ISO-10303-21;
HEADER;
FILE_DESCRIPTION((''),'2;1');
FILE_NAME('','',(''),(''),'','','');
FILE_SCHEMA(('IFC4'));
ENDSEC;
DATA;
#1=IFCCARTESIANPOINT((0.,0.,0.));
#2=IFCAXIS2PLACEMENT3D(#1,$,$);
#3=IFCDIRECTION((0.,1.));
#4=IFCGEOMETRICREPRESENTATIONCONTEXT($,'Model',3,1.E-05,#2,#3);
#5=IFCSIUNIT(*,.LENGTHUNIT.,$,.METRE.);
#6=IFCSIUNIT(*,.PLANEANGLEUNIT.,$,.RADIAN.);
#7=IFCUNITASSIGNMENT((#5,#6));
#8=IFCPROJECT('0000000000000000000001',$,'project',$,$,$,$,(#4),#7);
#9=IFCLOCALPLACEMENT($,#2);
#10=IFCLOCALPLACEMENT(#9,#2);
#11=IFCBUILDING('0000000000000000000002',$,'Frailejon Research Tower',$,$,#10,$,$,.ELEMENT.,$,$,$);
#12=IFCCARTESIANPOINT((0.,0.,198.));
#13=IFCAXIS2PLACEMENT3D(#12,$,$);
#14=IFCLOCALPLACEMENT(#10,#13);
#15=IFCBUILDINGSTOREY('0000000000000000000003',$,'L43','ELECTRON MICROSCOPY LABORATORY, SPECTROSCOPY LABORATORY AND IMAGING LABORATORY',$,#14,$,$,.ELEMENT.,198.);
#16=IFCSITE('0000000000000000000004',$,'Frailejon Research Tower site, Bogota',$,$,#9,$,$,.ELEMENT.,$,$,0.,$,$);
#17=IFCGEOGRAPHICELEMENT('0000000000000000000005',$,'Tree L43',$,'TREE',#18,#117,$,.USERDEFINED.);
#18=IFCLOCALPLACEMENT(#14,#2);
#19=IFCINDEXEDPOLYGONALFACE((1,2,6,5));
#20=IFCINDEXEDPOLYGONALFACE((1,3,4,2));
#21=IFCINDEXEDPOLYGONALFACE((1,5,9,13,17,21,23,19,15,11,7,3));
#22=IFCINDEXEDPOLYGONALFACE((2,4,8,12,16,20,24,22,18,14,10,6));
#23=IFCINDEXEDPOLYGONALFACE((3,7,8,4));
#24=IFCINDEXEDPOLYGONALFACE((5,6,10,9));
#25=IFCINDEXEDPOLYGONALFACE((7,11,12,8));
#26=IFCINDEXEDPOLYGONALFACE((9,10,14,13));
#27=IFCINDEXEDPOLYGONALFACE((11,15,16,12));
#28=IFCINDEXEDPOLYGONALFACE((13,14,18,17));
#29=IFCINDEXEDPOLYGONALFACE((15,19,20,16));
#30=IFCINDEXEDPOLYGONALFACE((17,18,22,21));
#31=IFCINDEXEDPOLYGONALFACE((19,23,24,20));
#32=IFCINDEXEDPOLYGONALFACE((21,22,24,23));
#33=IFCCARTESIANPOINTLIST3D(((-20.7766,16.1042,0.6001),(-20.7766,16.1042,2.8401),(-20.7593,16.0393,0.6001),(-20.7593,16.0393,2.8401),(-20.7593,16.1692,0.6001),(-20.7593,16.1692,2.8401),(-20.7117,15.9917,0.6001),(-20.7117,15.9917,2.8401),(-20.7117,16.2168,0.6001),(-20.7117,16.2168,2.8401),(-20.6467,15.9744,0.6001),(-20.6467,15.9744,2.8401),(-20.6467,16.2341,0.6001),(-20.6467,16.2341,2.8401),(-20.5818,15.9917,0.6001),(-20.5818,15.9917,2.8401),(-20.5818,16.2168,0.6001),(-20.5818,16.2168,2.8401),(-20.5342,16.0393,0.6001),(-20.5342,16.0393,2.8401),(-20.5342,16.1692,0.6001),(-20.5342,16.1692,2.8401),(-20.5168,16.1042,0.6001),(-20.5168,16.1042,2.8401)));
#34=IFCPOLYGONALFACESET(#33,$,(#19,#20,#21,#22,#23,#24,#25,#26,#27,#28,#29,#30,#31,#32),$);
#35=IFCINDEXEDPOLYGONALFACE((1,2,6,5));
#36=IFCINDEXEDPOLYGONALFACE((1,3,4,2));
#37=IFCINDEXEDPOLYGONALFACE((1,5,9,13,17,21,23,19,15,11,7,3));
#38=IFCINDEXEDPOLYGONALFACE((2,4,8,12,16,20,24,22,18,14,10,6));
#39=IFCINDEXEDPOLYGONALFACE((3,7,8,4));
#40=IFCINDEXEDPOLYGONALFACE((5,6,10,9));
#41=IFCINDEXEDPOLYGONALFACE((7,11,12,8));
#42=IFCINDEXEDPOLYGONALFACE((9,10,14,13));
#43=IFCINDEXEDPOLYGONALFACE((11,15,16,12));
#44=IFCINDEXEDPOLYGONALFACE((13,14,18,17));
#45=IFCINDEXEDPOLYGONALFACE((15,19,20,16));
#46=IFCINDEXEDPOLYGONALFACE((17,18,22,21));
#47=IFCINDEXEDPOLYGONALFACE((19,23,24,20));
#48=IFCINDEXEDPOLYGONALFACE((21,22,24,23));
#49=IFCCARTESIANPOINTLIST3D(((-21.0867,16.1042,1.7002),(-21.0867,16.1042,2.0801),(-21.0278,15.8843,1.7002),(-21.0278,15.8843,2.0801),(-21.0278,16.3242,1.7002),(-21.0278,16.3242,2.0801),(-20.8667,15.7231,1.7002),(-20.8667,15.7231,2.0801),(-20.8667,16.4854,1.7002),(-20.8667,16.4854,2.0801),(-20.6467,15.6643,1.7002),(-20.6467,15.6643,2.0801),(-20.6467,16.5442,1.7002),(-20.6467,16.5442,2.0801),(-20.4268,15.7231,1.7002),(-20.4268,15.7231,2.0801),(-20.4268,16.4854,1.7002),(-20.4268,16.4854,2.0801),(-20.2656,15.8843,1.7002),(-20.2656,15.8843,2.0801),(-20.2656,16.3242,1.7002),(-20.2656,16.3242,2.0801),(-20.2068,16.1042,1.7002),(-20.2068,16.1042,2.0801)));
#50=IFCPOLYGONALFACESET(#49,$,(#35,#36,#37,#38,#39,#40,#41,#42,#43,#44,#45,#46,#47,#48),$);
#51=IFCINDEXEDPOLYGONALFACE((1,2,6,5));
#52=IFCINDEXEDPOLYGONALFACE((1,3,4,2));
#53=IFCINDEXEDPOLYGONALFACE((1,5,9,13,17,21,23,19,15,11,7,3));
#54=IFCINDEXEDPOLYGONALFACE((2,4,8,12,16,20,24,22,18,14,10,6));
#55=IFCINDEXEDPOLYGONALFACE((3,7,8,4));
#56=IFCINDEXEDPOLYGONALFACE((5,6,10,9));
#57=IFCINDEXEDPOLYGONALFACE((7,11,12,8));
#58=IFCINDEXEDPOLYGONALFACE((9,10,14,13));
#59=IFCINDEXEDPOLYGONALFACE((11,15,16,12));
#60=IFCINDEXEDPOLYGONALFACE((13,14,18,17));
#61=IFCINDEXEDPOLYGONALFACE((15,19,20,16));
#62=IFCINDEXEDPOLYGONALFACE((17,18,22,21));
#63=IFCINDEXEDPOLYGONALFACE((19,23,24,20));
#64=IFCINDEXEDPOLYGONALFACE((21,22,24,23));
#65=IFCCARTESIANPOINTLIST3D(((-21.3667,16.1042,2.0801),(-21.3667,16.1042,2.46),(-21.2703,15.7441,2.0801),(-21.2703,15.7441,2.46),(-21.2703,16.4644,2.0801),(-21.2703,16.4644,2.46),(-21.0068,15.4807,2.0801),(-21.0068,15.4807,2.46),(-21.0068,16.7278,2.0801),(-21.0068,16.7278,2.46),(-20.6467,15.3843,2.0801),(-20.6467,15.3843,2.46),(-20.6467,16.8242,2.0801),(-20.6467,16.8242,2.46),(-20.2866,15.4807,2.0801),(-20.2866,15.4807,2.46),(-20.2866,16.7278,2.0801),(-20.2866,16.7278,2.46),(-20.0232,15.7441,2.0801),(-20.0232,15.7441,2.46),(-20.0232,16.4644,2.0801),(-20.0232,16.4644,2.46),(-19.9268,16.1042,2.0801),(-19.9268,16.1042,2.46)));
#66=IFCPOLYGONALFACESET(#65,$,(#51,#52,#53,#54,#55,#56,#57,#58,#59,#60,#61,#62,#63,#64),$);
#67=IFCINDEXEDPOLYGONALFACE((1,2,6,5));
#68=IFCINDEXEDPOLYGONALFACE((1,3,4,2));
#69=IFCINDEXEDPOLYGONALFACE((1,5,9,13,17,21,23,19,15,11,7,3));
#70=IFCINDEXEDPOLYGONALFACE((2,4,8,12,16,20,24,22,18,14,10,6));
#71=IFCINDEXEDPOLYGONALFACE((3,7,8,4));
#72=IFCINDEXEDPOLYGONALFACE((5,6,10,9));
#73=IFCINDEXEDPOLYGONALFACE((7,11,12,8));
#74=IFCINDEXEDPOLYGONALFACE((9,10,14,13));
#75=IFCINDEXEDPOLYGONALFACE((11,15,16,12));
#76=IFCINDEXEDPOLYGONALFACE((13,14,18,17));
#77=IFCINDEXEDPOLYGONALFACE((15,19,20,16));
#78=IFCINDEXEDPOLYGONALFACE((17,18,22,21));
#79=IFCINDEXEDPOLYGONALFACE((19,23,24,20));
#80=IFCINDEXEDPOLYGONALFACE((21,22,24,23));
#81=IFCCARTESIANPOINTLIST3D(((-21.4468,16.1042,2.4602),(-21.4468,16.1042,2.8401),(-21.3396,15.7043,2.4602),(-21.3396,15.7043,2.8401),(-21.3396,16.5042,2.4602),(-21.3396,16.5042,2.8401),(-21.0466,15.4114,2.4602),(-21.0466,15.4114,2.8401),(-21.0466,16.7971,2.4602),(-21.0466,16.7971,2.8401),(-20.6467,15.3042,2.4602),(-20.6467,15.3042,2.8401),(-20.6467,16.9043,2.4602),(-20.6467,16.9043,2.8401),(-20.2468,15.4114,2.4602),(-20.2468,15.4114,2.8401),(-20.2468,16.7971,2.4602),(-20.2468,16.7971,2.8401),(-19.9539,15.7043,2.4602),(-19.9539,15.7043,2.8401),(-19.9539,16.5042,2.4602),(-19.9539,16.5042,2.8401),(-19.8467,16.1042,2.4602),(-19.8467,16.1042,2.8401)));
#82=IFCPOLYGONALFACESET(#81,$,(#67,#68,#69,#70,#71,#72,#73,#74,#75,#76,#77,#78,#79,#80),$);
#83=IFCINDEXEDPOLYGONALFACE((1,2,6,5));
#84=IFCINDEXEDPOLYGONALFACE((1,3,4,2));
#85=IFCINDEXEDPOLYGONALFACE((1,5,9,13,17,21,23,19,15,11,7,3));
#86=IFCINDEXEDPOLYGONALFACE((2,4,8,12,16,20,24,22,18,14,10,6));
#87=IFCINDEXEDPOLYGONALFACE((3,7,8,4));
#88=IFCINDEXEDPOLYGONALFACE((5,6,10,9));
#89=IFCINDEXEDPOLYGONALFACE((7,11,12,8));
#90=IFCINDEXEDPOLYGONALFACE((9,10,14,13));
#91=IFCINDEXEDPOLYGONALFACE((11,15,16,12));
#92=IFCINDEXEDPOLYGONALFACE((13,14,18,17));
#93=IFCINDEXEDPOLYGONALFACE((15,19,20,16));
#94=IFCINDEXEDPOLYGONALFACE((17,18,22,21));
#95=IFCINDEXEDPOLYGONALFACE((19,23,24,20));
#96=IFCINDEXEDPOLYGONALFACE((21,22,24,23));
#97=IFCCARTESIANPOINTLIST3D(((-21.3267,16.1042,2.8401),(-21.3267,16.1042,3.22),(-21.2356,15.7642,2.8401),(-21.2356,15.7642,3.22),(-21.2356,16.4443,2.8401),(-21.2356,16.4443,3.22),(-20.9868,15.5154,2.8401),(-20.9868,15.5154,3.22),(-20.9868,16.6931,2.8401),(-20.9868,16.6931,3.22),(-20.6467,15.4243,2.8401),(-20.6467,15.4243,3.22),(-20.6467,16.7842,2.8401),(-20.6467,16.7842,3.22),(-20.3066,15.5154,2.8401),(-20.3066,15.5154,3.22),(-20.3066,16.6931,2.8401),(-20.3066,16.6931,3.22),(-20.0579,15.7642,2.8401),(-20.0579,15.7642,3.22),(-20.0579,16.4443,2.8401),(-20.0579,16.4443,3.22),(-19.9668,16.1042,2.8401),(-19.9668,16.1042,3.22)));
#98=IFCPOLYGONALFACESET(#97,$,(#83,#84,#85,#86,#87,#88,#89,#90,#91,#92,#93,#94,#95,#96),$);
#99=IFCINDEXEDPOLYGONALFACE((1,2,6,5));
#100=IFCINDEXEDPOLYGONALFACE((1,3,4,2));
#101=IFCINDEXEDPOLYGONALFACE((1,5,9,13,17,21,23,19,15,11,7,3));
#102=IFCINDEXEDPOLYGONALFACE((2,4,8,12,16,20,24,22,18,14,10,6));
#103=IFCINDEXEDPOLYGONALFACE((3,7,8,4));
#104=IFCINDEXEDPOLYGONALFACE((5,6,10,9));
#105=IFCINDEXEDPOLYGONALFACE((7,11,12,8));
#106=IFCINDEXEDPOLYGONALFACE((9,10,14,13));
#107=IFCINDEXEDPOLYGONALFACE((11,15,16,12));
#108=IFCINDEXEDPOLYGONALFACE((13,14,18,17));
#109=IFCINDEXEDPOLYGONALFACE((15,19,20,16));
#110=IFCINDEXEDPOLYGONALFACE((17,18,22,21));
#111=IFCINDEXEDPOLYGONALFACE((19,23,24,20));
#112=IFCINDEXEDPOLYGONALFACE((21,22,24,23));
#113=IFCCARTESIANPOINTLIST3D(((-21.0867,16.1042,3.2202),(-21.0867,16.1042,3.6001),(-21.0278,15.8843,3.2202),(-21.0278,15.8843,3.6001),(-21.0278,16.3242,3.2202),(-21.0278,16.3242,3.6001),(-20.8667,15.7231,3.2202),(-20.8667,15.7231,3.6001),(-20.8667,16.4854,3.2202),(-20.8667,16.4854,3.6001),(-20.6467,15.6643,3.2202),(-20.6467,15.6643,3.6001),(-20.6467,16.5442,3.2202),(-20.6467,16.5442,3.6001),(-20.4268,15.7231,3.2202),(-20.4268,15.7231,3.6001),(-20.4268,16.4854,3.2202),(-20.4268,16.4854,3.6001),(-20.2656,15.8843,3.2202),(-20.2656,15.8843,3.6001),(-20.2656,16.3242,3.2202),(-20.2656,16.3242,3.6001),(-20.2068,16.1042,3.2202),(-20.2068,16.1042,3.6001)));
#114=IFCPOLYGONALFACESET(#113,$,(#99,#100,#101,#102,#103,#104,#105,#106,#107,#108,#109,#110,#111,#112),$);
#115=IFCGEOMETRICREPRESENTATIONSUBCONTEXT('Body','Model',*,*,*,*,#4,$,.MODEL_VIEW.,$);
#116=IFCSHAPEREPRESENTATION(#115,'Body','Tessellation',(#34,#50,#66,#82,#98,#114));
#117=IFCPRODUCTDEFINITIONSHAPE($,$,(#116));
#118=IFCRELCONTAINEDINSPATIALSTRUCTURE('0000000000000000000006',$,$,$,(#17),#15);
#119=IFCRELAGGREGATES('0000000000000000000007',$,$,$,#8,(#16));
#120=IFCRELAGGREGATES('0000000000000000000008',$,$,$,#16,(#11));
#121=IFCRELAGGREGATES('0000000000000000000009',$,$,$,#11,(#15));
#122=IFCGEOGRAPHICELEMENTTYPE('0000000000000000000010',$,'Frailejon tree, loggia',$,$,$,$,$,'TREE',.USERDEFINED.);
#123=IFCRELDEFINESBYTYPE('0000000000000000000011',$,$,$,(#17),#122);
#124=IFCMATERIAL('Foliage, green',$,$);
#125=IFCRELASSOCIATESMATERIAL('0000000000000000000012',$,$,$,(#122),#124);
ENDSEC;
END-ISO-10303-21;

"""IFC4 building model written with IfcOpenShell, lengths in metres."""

from ifc_helpers import new_model, si_unit, direction, frame, origin, place, context, subcontext, project, spatial, polyline, outline, extrude, material, type_object, element, save


model = new_model("IFC4")

# Units and contexts
model_context = context("Model", 3, precision=1e-05, world=origin(), true_north=direction((0.0, 1.0)))
body_context = subcontext(model_context, "Body", "Model", "MODEL_VIEW")
ifc_project = project(units=[si_unit("LENGTHUNIT", "METRE"), si_unit("PLANEANGLEUNIT", "RADIAN")], contexts=[model_context])

# Site, building, storey
site_placement = place(None, origin())
site = spatial("IfcSite", under=ifc_project, at=site_placement, Name="Frailejon Research Tower site, Bogota", CompositionType="ELEMENT", RefElevation=0.0)
building_placement = place(site_placement, origin())
building = spatial("IfcBuilding", under=site, at=building_placement, Name="Frailejon Research Tower", CompositionType="ELEMENT")
storey_placement = place(building_placement, frame((0.0, 0.0, 198.0)))
storey = spatial("IfcBuildingStorey", under=building, at=storey_placement, Name="L43", Description="ELECTRON MICROSCOPY LABORATORY, SPECTROSCOPY LABORATORY AND IMAGING LABORATORY", CompositionType="ELEMENT", Elevation=198.0)

# Geographic element
ifc_material_1 = material(Name="Foliage, green")
geographic_element_type = type_object("IfcGeographicElementType", Name="Frailejon tree, loggia", ElementType="TREE", PredefinedType="USERDEFINED", material=ifc_material_1)
geographic_element_placement = place(storey_placement, frame((-20.6467, 16.1042, 0.6001)))
element("IfcGeographicElement", 1, at=geographic_element_placement, inside=storey, type_object=geographic_element_type, Name="Tree L43", ObjectType="TREE", PredefinedType="USERDEFINED", context=body_context, shape_type="SweptSolid", body=[
    extrude(outline(polyline([(0.1299, 0.0), (0.1125, 0.0649), (0.0649, 0.1125), (0.0, 0.1299), (-0.0649, 0.1125), (-0.1125, 0.0649), (-0.1299, 0.0), (-0.1125, -0.0649), (-0.0649, -0.1125), (0.0, -0.1299), (0.0649, -0.1125), (0.1125, -0.0649), (0.1299, 0.0)])), origin(), (0.0, 0.0, 1.0), 2.24),
    extrude(outline(polyline([(0.4399, 0.0), (0.3811, 0.22), (0.22, 0.3811), (0.0, 0.4399), (-0.22, 0.3811), (-0.3811, 0.22), (-0.4399, 0.0), (-0.3811, -0.22), (-0.22, -0.3811), (0.0, -0.4399), (0.22, -0.3811), (0.3811, -0.22), (0.4399, 0.0)])), frame((0.0, 0.0, 1.1001)), (0.0, 0.0, 1.0), 0.3799),
    extrude(outline(polyline([(0.72, 0.0), (0.6235, 0.3601), (0.3601, 0.6235), (0.0, 0.72), (-0.3601, 0.6235), (-0.6235, 0.3601), (-0.72, 0.0), (-0.6235, -0.3601), (-0.3601, -0.6235), (0.0, -0.72), (0.3601, -0.6235), (0.6235, -0.3601), (0.72, 0.0)])), frame((0.0, 0.0, 1.48)), (0.0, 0.0, 1.0), 0.3799),
    extrude(outline(polyline([(0.8, 0.0), (0.6929, 0.3999), (0.3999, 0.6929), (0.0, 0.8), (-0.3999, 0.6929), (-0.6929, 0.3999), (-0.8, 0.0), (-0.6929, -0.3999), (-0.3999, -0.6929), (0.0, -0.8), (0.3999, -0.6929), (0.6929, -0.3999), (0.8, 0.0)])), frame((0.0, 0.0, 1.8601)), (0.0, 0.0, 1.0), 0.3799),
    extrude(outline(polyline([(0.6799, 0.0), (0.5889, 0.3401), (0.3401, 0.5889), (0.0, 0.6799), (-0.3401, 0.5889), (-0.5889, 0.3401), (-0.6799, 0.0), (-0.5889, -0.3401), (-0.3401, -0.5889), (0.0, -0.6799), (0.3401, -0.5889), (0.5889, -0.3401), (0.6799, 0.0)])), frame((0.0, 0.0, 2.24)), (0.0, 0.0, 1.0), 0.3799),
    extrude(outline(polyline([(0.4399, 0.0), (0.3811, 0.22), (0.22, 0.3811), (0.0, 0.4399), (-0.22, 0.3811), (-0.3811, 0.22), (-0.4399, 0.0), (-0.3811, -0.22), (-0.22, -0.3811), (0.0, -0.4399), (0.22, -0.3811), (0.3811, -0.22), (0.4399, 0.0)])), frame((0.0, 0.0, 2.6201)), (0.0, 0.0, 1.0), 0.3799),
])

save(model, "model.ifc")
